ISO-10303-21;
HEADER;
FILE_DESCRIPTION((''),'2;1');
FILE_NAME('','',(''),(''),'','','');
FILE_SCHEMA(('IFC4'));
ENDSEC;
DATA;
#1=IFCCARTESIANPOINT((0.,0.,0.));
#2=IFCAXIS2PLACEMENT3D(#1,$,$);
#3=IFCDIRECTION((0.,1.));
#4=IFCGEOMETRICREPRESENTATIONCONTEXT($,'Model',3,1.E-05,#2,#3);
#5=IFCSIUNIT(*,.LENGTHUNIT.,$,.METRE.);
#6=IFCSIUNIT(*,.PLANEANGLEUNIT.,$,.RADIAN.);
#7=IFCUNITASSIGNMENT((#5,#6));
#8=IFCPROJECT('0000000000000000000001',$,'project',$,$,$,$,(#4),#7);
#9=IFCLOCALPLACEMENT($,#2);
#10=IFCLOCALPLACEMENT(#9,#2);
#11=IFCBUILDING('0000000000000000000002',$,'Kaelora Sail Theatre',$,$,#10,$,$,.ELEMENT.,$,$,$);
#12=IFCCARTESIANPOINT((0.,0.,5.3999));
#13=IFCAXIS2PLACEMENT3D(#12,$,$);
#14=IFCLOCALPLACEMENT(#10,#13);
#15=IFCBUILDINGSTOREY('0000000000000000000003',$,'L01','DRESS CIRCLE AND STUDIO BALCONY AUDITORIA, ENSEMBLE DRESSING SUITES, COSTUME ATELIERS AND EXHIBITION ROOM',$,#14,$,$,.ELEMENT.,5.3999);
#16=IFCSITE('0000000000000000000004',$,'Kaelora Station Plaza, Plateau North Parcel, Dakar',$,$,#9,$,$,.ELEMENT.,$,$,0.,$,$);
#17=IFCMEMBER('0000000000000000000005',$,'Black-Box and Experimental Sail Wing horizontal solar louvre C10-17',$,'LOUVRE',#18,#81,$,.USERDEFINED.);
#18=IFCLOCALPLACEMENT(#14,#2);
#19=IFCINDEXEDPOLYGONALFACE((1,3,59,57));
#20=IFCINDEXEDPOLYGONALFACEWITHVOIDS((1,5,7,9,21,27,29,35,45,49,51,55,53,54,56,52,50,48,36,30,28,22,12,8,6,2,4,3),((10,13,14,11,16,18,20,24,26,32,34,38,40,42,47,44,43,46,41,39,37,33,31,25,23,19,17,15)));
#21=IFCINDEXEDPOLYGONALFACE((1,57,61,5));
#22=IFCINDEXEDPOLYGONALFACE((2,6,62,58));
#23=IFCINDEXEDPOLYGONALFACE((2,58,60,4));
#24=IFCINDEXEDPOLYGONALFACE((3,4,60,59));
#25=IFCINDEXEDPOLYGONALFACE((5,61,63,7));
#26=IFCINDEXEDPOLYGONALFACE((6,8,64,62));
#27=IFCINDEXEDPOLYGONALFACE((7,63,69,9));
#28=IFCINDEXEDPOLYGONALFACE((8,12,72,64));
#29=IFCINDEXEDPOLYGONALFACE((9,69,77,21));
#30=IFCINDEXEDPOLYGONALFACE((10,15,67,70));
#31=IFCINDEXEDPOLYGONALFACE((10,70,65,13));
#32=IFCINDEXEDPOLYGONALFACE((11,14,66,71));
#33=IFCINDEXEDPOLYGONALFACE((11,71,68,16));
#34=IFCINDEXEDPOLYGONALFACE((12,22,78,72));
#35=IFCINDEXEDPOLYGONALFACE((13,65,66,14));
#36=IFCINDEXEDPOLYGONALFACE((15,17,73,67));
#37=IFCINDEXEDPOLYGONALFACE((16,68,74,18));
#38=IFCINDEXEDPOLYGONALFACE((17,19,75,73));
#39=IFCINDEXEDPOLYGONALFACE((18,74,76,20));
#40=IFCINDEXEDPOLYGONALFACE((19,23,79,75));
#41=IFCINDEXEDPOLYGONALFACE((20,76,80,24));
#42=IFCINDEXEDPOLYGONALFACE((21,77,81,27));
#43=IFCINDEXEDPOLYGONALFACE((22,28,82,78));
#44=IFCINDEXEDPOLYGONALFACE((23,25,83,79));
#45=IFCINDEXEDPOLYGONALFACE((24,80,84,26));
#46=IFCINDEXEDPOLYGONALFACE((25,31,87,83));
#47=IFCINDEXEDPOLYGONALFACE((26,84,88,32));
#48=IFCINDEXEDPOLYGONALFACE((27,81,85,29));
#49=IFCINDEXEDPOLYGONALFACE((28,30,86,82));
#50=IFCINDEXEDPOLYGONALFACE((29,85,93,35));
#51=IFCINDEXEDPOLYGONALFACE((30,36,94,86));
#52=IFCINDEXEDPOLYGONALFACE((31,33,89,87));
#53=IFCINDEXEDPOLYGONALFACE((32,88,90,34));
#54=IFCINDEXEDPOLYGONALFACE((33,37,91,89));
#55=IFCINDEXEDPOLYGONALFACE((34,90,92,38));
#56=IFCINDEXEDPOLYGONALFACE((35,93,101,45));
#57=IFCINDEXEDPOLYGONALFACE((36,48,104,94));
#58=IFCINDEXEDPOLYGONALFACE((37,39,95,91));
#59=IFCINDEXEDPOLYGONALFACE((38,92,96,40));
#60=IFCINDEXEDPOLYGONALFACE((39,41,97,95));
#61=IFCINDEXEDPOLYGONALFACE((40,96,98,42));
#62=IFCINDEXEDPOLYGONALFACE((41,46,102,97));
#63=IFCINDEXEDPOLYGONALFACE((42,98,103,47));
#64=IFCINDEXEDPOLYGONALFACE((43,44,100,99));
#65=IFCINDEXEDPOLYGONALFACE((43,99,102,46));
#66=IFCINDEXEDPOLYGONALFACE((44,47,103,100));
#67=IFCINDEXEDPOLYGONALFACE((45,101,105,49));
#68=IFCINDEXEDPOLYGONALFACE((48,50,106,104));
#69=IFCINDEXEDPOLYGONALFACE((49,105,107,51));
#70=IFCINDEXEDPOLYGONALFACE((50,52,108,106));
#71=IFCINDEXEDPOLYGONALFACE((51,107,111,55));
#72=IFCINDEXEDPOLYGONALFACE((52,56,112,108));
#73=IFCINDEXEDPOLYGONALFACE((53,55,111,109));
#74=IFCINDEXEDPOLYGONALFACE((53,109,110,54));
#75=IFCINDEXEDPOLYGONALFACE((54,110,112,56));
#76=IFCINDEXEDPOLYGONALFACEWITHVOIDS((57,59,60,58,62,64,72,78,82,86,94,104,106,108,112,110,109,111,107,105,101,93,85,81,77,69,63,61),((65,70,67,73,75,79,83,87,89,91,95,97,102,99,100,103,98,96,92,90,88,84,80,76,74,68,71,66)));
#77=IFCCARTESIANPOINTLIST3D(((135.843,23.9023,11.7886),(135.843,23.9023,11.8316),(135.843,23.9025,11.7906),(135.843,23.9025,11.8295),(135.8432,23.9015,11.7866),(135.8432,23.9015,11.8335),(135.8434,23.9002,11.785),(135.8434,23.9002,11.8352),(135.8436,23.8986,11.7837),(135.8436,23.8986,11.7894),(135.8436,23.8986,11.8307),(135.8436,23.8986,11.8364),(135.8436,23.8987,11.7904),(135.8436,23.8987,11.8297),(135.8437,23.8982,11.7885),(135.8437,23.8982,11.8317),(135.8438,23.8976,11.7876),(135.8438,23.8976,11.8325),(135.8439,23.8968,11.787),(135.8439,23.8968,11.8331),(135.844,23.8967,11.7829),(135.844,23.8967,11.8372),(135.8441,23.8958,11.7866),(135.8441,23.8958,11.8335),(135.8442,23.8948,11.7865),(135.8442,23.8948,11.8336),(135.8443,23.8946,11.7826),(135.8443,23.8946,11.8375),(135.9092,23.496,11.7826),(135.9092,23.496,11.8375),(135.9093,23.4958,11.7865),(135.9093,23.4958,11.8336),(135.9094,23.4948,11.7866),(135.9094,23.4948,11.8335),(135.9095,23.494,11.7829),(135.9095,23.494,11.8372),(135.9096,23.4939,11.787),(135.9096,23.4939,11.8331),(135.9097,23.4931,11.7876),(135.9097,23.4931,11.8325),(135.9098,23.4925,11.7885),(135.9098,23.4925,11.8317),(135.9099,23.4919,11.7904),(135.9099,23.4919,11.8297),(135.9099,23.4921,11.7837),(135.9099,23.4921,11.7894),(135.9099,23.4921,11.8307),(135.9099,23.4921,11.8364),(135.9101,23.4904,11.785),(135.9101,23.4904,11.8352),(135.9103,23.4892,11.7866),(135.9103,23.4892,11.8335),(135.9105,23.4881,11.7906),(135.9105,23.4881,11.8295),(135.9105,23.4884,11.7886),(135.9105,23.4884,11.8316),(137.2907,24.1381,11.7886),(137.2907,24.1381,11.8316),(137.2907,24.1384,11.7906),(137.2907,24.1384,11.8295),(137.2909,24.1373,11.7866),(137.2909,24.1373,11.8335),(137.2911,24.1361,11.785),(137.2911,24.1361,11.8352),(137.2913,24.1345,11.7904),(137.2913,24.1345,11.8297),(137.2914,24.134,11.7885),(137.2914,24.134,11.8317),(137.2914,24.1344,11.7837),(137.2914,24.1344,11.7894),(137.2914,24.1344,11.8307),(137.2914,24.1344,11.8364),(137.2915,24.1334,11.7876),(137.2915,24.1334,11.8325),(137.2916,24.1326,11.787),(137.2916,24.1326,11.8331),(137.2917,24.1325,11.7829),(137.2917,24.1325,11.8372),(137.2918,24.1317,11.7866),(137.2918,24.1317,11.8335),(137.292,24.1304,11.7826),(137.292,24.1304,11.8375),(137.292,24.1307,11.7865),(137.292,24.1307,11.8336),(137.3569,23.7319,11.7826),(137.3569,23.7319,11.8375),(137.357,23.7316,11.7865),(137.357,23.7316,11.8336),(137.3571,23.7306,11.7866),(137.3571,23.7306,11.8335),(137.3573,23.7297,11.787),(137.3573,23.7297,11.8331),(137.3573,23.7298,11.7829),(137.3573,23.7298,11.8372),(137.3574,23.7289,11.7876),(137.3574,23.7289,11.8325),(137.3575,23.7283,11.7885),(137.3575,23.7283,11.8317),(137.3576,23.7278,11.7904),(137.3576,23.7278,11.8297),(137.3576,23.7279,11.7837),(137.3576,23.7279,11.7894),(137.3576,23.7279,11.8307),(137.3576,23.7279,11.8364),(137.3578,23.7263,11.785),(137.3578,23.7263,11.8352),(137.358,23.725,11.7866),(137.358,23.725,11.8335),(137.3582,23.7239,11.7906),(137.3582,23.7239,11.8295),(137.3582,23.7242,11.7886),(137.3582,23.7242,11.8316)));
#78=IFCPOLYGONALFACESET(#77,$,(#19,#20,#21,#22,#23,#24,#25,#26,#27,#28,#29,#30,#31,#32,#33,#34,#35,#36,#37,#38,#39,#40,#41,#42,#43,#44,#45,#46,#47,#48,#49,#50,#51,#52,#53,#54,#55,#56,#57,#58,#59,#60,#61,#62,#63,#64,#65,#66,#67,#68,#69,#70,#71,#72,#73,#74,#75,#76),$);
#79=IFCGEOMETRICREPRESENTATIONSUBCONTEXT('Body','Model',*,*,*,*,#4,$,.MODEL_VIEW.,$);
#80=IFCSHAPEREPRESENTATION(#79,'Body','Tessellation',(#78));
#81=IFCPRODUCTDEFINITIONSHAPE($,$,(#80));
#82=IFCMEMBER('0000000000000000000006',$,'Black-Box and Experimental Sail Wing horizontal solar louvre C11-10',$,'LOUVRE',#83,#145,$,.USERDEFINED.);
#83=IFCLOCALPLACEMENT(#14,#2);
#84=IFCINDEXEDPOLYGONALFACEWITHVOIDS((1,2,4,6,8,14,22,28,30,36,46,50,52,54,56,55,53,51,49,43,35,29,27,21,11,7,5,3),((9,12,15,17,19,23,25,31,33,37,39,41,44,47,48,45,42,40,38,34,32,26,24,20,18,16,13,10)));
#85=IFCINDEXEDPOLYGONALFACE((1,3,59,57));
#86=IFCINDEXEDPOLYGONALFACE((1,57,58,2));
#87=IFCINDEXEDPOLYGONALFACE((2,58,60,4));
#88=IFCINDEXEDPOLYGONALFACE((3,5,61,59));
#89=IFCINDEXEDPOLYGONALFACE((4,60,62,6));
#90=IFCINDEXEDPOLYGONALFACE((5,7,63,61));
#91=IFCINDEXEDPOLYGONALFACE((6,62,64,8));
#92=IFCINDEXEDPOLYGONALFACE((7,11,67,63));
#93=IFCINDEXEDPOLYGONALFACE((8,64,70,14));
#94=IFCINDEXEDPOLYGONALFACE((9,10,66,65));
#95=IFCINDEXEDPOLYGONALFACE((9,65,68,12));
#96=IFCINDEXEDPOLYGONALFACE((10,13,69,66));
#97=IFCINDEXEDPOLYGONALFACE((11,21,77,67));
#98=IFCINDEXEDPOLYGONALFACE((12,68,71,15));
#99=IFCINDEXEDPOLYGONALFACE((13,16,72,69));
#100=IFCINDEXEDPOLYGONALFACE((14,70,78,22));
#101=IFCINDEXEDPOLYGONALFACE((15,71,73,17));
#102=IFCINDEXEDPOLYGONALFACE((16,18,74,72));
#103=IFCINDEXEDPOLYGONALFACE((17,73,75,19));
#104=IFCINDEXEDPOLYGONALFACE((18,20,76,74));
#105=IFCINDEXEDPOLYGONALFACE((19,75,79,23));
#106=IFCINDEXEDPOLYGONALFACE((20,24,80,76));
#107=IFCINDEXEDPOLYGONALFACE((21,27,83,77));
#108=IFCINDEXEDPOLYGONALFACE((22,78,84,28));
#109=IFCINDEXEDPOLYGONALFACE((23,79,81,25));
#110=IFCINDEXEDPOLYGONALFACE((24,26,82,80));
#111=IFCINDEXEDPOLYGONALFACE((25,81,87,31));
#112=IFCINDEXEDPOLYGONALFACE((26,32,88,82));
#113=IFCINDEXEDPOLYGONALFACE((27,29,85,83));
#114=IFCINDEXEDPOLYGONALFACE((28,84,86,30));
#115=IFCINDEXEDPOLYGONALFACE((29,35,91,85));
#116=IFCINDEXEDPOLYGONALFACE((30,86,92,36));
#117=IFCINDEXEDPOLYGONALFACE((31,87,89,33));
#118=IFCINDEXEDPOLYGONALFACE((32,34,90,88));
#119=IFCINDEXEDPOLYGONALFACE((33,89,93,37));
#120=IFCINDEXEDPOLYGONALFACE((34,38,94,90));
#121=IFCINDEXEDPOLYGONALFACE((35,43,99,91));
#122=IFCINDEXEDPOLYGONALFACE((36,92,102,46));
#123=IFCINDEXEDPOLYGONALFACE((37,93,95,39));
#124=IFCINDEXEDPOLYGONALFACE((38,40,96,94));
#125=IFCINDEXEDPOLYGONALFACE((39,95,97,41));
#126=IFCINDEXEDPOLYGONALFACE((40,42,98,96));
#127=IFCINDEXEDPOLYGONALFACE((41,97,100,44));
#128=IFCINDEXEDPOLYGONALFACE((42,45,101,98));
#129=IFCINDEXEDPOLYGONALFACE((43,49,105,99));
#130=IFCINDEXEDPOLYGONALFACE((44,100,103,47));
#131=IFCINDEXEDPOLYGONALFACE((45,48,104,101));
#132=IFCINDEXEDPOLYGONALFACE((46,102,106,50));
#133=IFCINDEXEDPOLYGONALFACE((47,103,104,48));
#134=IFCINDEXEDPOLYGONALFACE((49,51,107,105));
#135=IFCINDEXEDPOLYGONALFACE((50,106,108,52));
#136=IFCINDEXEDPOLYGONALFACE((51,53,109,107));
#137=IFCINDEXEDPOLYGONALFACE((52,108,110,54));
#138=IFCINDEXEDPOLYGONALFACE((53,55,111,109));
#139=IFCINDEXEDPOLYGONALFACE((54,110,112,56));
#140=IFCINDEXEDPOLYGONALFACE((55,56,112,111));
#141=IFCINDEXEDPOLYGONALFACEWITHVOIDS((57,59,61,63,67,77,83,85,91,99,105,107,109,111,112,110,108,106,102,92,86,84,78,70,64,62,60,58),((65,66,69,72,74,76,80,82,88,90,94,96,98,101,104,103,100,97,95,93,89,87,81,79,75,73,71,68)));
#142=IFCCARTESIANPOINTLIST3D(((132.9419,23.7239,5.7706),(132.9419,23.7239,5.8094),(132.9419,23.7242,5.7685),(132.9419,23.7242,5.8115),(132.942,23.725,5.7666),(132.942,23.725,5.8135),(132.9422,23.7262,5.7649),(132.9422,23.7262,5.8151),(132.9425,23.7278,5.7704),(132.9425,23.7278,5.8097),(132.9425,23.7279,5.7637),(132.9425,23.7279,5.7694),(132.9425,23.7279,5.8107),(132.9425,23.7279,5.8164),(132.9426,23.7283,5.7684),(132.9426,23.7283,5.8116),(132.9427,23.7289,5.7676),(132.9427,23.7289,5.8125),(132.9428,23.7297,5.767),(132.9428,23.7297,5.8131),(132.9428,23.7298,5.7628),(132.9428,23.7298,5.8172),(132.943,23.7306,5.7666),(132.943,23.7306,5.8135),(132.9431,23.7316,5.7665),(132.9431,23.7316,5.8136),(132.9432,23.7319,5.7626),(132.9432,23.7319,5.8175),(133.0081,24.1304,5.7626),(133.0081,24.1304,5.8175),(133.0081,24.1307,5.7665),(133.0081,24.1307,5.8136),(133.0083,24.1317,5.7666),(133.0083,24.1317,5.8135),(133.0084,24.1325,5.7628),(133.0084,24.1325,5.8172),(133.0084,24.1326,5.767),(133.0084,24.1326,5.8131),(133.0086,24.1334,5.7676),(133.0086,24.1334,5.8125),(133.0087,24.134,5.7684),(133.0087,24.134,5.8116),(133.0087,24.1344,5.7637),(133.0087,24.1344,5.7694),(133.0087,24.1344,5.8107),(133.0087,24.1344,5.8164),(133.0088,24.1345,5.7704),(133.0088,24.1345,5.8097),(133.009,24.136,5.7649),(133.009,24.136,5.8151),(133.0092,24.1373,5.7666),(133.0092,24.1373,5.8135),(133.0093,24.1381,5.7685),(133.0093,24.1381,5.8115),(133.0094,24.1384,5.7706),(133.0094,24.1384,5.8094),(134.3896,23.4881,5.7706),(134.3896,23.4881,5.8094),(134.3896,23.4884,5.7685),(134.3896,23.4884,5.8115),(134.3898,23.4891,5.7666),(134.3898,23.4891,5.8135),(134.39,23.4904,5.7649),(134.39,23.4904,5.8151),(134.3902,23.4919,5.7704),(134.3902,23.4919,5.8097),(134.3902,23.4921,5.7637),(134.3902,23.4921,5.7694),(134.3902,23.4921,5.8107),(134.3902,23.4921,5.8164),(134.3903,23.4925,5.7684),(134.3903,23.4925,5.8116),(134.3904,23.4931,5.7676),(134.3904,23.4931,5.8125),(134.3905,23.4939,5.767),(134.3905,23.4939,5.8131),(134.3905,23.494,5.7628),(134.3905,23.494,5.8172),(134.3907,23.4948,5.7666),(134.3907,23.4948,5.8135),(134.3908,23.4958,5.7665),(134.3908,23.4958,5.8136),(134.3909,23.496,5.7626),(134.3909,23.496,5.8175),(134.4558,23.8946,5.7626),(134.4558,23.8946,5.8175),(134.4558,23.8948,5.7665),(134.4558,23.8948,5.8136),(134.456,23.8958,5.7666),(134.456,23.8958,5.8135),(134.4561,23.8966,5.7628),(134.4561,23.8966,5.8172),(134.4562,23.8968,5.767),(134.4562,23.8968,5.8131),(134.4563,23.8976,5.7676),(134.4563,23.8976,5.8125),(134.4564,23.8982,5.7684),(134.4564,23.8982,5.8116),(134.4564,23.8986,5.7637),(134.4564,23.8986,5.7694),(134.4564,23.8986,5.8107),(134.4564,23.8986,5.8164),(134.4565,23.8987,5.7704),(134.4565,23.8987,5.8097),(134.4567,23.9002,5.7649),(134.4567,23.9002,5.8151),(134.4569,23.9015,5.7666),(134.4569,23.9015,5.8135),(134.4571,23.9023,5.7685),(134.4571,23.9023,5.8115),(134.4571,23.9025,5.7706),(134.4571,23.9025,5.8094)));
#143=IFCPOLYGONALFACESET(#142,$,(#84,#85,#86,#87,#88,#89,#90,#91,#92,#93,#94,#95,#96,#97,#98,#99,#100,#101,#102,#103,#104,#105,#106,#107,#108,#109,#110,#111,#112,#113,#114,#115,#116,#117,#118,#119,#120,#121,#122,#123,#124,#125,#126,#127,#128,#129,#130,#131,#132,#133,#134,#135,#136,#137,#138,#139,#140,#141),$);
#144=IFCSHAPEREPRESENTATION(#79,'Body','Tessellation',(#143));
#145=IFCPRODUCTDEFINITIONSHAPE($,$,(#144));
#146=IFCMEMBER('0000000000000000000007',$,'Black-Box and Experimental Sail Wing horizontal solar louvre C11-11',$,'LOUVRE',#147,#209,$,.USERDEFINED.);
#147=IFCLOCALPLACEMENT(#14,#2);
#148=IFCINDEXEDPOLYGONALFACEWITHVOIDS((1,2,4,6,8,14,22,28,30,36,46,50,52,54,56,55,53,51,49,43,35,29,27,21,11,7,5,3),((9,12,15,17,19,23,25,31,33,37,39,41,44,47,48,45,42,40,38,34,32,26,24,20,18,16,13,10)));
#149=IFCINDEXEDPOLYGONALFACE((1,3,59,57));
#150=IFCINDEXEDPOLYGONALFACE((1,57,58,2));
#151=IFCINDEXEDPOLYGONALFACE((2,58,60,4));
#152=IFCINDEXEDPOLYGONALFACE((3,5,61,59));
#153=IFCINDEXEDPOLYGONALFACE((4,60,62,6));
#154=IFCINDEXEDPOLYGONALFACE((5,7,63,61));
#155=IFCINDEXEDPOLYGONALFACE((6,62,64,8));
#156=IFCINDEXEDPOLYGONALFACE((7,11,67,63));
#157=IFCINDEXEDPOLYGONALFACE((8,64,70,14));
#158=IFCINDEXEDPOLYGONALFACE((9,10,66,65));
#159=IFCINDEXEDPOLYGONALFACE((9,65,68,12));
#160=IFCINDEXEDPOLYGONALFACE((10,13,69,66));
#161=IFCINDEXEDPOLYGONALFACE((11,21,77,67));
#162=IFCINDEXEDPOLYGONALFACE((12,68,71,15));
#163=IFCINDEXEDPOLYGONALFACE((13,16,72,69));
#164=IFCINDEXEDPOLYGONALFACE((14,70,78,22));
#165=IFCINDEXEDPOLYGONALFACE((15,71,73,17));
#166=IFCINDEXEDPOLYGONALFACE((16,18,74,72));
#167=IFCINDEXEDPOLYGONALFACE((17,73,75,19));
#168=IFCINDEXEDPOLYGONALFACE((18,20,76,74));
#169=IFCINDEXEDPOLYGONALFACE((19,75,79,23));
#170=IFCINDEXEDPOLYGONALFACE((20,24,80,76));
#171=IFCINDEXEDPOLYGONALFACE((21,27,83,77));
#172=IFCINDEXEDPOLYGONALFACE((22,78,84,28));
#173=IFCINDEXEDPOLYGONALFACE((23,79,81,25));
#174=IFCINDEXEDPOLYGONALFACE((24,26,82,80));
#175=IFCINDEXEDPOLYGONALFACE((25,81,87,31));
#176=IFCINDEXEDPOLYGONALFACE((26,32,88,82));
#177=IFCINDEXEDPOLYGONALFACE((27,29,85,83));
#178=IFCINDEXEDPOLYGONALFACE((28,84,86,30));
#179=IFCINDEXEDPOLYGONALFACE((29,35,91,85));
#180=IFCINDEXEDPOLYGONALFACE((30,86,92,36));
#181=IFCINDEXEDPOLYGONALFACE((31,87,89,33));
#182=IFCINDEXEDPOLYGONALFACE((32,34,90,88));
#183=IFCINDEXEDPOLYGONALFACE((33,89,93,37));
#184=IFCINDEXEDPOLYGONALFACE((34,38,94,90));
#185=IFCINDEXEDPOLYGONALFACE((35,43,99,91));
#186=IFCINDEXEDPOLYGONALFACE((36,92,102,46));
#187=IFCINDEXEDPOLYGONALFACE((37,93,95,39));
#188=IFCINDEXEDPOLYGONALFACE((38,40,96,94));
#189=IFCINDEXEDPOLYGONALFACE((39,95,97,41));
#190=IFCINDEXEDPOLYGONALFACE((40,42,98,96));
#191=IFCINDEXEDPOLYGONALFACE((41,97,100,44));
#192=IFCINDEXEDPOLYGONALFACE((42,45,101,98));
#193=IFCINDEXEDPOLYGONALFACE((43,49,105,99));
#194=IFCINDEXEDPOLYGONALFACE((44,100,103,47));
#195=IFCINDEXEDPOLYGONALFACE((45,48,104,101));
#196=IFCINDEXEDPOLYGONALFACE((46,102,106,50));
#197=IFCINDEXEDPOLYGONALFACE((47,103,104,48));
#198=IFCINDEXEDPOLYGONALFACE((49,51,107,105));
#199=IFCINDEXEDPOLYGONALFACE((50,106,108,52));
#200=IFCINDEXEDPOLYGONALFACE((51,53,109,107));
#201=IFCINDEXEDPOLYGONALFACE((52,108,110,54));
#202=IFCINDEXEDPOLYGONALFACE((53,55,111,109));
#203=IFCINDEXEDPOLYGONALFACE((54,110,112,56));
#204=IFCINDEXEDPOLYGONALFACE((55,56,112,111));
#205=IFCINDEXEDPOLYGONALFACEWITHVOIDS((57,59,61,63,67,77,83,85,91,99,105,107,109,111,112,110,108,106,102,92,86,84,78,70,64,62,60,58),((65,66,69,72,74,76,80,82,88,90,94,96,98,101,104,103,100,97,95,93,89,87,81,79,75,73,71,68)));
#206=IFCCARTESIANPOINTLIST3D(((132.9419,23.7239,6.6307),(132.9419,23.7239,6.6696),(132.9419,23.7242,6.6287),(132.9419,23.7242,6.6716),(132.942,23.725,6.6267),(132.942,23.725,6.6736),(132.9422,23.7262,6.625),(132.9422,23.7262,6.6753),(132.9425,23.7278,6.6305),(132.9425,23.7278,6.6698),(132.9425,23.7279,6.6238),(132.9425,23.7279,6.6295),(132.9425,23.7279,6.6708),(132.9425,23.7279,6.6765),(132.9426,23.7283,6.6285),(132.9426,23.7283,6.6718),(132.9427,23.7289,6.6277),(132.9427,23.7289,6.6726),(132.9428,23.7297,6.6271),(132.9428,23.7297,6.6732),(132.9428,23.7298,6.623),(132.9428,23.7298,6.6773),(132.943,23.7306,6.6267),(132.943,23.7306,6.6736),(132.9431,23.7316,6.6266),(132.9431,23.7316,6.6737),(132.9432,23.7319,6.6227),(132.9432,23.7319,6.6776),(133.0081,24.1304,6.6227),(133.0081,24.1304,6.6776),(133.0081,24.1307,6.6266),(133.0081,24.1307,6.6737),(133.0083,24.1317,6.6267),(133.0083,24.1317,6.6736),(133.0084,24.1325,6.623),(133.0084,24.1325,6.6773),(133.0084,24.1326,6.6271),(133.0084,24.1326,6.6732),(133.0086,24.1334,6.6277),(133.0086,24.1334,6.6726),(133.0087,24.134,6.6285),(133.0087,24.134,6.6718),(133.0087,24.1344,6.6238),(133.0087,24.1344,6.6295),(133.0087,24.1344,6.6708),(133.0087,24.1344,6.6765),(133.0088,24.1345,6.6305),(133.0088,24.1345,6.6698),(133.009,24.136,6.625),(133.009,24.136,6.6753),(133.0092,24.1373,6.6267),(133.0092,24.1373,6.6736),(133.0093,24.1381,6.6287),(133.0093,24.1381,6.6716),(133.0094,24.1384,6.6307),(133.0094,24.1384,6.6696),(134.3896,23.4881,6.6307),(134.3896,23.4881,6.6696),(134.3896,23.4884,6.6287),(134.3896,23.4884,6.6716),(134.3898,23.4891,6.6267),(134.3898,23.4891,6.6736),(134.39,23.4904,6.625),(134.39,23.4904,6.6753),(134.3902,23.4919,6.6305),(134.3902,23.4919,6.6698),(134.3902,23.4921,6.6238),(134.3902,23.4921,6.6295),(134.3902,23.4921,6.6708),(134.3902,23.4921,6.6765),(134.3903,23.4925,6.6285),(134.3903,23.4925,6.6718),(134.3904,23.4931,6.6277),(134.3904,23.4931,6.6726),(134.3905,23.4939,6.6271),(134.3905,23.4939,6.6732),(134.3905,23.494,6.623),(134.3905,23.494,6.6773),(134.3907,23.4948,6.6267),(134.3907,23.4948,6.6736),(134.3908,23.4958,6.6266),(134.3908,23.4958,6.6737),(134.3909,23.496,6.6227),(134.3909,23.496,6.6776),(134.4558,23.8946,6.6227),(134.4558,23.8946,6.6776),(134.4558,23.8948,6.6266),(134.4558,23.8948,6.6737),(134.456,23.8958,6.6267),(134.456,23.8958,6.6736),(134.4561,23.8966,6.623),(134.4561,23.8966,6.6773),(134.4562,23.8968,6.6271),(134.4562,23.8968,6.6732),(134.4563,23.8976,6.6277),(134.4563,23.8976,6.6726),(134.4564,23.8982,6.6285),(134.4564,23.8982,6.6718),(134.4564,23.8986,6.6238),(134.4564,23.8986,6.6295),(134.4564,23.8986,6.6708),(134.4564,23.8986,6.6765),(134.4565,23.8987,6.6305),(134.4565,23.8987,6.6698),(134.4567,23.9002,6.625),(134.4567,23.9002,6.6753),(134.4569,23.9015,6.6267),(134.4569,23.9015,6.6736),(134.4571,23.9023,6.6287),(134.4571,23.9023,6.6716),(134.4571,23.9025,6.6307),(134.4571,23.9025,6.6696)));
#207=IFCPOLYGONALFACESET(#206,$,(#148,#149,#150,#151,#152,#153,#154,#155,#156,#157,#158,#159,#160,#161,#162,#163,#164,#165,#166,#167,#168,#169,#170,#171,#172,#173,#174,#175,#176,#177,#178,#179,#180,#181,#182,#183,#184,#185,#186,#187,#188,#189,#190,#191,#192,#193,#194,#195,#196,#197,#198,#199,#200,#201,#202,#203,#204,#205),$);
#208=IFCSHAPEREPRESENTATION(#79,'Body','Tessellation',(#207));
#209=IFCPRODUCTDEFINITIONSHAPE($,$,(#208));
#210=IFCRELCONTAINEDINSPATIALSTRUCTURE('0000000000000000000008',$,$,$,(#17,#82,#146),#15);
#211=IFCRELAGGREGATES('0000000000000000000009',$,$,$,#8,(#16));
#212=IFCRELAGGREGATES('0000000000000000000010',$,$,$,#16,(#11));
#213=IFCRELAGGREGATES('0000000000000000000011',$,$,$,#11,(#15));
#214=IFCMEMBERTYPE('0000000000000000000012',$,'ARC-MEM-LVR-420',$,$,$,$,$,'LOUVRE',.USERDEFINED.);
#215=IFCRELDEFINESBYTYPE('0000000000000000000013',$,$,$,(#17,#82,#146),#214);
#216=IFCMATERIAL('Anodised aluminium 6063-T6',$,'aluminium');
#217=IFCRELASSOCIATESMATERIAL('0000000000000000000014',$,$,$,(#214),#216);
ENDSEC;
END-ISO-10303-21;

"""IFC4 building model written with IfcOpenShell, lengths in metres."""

from ifc_helpers import new_model, si_unit, direction, frame, origin, origin_2d, place, context, subcontext, project, spatial, hollow_rectangle, extrude, material, material_profile, profile_set, type_object, element, save


model = new_model("IFC4")

# Units and contexts
model_context = context("Model", 3, precision=1e-05, world=origin(), true_north=direction((0.0, 1.0)))
body_context = subcontext(model_context, "Body", "Model", "MODEL_VIEW")
ifc_project = project(units=[si_unit("LENGTHUNIT", "METRE"), si_unit("PLANEANGLEUNIT", "RADIAN")], contexts=[model_context])

# Site, building, storey
site_placement = place(None, origin())
site = spatial("IfcSite", under=ifc_project, at=site_placement, Name="Kaelora Station Plaza, Plateau North Parcel, Dakar", CompositionType="ELEMENT", RefElevation=0.0)
building_placement = place(site_placement, origin())
building = spatial("IfcBuilding", under=site, at=building_placement, Name="Kaelora Sail Theatre", CompositionType="ELEMENT")
storey_placement = place(building_placement, frame((0.0, 0.0, 5.3999)))
storey = spatial("IfcBuildingStorey", under=building, at=storey_placement, Name="L01", Description="DRESS CIRCLE AND STUDIO BALCONY AUDITORIA, ENSEMBLE DRESSING SUITES, COSTUME ATELIERS AND EXHIBITION ROOM", CompositionType="ELEMENT", Elevation=5.3999)

# Members
ifc_material = material(Name="Anodised aluminium 6063-T6", Category="aluminium")
ifc_material_profile = material_profile(ifc_material, hollow_rectangle(XDim=0.4199, YDim=0.0549, WallThickness=0.0039, InnerFilletRadius=0.0039, OuterFilletRadius=0.0081, at=origin_2d()), Name="LOUVRE 420x55x4")
ifc_profile_set = profile_set([ifc_material_profile], Name="Anodised aluminium 6063-T6")
member_type = type_object("IfcMemberType", Name="ARC-MEM-LVR-420", ElementType="LOUVRE", PredefinedType="USERDEFINED", material=ifc_profile_set)
for number, where, z_axis, x_axis, name in (
    (1, (137.3245, 23.9312, 11.8101), (-0.98699, -0.160781, 0.0), (0.160781, -0.98699, 0.0), "Black-Box and Experimental Sail Wing horizontal solar louvre C10-17"),
    (2, (134.4233, 23.6953, 5.79), (-0.98699, 0.160781, 0.0), (-0.160781, -0.98699, 0.0), "Black-Box and Experimental Sail Wing horizontal solar louvre C11-10"),
    (3, (134.4233, 23.6953, 6.6501), (-0.98699, 0.160781, 0.0), (-0.160781, -0.98699, 0.0), "Black-Box and Experimental Sail Wing horizontal solar louvre C11-11"),
):
    element("IfcMember", number, at=place(storey_placement, frame(where, z_axis=z_axis, x_axis=x_axis)), inside=storey, type_object=member_type, Name=name, ObjectType="LOUVRE", PredefinedType="USERDEFINED", context=body_context, shape_type="SweptSolid", body=[
        extrude(hollow_rectangle(XDim=0.4199, YDim=0.0549, WallThickness=0.0039, InnerFilletRadius=0.0039, OuterFilletRadius=0.0081, at=origin_2d()), origin(), (0.0, 0.0, 1.0), 1.4668),
    ])

save(model, "model.ifc")
